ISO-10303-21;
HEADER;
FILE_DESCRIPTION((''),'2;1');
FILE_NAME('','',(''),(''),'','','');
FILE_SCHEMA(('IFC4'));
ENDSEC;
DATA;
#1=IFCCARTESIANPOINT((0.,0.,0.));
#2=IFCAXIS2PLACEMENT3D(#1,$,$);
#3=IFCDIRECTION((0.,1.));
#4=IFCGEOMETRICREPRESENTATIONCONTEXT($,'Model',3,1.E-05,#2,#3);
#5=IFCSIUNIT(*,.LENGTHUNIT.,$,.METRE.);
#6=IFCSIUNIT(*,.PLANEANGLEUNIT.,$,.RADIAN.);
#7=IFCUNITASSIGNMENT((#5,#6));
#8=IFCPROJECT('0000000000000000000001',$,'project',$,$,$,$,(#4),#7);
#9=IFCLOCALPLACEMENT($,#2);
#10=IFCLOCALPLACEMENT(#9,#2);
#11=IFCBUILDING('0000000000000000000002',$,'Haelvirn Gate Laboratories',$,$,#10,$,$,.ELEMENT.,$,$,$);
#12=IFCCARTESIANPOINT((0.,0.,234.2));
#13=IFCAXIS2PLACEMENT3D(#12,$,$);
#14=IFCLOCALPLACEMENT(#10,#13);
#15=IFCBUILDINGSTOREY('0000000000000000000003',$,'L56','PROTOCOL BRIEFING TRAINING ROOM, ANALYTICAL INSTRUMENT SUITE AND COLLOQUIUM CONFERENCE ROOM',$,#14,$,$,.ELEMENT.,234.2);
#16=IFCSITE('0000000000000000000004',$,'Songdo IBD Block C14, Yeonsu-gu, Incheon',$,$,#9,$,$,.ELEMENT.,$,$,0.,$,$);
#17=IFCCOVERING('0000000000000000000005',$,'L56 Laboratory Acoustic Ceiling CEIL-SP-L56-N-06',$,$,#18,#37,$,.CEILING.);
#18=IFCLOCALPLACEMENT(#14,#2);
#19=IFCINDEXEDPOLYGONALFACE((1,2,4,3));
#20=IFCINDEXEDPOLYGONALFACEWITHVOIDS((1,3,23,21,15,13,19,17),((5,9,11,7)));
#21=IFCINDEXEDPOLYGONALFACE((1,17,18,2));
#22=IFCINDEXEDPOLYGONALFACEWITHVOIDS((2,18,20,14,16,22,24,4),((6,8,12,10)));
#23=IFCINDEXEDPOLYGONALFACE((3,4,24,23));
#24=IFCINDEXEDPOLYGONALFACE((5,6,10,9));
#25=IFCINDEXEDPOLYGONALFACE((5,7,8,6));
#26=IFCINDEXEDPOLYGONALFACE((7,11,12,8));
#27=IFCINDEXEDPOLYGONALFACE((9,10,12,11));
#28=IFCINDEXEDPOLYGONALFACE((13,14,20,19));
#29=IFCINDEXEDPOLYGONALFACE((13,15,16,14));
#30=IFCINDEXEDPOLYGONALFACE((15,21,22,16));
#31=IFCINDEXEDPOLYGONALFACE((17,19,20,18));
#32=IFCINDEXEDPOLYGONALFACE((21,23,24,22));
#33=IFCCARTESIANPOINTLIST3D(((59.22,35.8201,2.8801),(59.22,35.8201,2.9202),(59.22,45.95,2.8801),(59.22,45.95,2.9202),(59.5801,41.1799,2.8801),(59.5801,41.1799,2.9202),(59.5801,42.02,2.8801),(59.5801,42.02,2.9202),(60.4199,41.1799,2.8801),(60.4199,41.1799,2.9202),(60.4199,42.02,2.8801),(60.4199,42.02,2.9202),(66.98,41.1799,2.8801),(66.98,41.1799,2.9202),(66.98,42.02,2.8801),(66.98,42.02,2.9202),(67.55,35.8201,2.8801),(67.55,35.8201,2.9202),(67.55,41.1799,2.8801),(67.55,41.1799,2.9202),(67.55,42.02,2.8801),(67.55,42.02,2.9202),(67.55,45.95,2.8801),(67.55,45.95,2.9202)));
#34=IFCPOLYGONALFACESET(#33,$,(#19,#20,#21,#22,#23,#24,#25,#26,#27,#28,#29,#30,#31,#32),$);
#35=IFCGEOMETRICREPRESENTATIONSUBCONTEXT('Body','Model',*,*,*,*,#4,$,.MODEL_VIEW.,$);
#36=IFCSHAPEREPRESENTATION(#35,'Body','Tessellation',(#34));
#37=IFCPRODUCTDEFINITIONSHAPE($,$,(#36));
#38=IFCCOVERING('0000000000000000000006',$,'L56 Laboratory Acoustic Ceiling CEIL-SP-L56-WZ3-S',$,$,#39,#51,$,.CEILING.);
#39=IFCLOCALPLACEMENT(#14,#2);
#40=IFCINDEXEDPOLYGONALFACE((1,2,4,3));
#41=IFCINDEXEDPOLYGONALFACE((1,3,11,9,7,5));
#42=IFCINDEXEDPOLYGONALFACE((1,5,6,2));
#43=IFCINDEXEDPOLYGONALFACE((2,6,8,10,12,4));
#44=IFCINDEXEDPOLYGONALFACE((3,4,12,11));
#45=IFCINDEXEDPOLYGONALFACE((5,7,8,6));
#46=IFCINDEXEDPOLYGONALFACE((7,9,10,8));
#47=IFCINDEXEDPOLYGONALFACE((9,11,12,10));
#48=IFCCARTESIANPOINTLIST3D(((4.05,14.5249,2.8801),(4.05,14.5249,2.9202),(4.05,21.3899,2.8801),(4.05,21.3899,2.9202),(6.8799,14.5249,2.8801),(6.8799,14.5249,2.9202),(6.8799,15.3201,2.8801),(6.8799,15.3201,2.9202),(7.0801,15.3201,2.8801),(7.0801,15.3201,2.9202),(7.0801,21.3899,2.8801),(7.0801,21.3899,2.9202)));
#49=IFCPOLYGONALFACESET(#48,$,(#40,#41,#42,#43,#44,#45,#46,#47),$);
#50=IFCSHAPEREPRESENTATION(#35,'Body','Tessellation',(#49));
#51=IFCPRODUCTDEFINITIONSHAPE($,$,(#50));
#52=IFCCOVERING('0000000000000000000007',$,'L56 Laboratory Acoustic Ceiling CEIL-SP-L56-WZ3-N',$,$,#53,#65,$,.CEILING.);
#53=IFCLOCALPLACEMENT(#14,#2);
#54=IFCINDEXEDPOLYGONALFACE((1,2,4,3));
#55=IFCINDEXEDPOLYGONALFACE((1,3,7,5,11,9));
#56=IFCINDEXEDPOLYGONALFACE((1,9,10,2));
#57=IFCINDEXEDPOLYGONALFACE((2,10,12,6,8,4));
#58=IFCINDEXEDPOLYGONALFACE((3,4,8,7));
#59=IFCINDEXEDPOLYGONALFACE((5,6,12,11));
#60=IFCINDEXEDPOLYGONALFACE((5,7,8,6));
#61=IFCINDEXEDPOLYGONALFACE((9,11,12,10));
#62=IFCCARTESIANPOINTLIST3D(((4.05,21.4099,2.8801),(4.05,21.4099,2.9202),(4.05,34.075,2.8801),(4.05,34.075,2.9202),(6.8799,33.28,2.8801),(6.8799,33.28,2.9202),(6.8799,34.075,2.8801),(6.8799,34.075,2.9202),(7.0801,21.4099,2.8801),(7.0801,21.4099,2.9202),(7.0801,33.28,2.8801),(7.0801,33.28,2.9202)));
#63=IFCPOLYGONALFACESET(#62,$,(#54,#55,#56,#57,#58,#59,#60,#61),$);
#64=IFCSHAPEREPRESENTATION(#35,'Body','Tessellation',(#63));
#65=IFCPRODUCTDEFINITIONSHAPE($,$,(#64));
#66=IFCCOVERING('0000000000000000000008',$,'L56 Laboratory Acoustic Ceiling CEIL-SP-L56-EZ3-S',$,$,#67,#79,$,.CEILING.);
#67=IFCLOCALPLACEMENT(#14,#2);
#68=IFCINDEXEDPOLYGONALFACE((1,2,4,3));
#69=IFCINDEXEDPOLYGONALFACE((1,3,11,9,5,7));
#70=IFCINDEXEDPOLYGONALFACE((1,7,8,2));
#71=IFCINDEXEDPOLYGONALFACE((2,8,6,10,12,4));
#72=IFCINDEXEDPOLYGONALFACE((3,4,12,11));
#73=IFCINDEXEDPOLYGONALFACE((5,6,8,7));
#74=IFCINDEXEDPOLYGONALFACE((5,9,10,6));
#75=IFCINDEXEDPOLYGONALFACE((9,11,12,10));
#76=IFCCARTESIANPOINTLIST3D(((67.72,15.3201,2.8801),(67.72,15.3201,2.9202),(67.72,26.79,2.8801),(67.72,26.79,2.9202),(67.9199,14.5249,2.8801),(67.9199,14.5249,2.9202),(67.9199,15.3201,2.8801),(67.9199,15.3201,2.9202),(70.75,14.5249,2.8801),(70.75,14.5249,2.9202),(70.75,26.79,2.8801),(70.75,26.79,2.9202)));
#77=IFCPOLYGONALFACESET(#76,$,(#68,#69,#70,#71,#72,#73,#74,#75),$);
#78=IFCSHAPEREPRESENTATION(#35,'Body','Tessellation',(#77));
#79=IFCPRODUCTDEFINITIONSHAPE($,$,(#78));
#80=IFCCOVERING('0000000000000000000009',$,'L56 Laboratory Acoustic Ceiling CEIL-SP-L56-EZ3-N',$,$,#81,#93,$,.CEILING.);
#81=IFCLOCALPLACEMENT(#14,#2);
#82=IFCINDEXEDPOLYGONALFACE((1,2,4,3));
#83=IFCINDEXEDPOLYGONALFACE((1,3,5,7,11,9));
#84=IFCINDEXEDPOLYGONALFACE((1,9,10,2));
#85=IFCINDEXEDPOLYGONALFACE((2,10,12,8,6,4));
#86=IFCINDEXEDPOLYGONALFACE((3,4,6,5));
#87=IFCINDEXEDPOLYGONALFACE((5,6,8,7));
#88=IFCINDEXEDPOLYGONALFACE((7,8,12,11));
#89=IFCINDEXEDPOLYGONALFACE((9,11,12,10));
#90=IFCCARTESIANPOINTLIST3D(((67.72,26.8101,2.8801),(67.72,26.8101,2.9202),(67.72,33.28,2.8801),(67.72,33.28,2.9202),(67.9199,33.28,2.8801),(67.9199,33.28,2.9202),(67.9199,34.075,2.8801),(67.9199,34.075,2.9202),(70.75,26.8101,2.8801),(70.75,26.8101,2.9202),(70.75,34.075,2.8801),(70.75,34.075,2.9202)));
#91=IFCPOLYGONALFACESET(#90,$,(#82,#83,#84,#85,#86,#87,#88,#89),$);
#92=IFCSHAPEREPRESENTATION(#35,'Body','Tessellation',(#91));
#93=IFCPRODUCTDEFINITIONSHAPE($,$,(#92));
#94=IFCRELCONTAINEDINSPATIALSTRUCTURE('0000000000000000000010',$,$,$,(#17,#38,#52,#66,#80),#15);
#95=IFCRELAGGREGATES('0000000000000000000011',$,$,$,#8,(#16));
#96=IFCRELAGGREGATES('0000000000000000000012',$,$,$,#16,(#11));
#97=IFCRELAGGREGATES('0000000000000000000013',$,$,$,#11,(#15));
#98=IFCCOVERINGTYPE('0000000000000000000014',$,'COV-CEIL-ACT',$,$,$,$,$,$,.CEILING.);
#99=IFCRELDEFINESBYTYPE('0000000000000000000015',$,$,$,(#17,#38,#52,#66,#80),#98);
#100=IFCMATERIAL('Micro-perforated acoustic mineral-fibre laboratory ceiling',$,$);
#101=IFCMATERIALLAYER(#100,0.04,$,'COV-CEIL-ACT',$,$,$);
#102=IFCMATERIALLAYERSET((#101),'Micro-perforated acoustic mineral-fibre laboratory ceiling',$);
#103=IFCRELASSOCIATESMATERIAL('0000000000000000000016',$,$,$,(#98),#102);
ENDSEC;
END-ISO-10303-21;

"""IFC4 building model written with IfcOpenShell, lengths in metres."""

from ifc_helpers import new_model, si_unit, direction, frame, origin, place, context, subcontext, project, spatial, polyline, outline, extrude, material, layer, layer_set, type_object, element, save


model = new_model("IFC4")

# Units and contexts
model_context = context("Model", 3, precision=1e-05, world=origin(), true_north=direction((0.0, 1.0)))
body_context = subcontext(model_context, "Body", "Model", "MODEL_VIEW")
ifc_project = project(units=[si_unit("LENGTHUNIT", "METRE"), si_unit("PLANEANGLEUNIT", "RADIAN")], contexts=[model_context])

# Site, building, storey
site_placement = place(None, origin())
site = spatial("IfcSite", under=ifc_project, at=site_placement, Name="Songdo IBD Block C14, Yeonsu-gu, Incheon", CompositionType="ELEMENT", RefElevation=0.0)
building_placement = place(site_placement, origin())
building = spatial("IfcBuilding", under=site, at=building_placement, Name="Haelvirn Gate Laboratories", CompositionType="ELEMENT")
storey_placement = place(building_placement, frame((0.0, 0.0, 234.2)))
storey = spatial("IfcBuildingStorey", under=building, at=storey_placement, Name="L56", Description="PROTOCOL BRIEFING TRAINING ROOM, ANALYTICAL INSTRUMENT SUITE AND COLLOQUIUM CONFERENCE ROOM", CompositionType="ELEMENT", Elevation=234.2)

# Coverings
ifc_material_1 = material(Name="Micro-perforated acoustic mineral-fibre laboratory ceiling")
ifc_layer_1 = layer(ifc_material_1, 0.04, Name="COV-CEIL-ACT")
ifc_layer_set_1 = layer_set([ifc_layer_1], Name="Micro-perforated acoustic mineral-fibre laboratory ceiling")
covering_type = type_object("IfcCoveringType", Name="COV-CEIL-ACT", PredefinedType="CEILING", material=ifc_layer_set_1)
covering_1_placement = place(storey_placement, frame((0.0, 0.0, 2.8801)))
element("IfcCovering", 1, at=covering_1_placement, inside=storey, type_object=covering_type, Name="L56 Laboratory Acoustic Ceiling CEIL-SP-L56-N-06", PredefinedType="CEILING", context=body_context, shape_type="SweptSolid", body=[
    extrude(outline(polyline([(67.55, 35.8201), (59.22, 35.8201), (59.22, 45.95), (67.55, 45.95), (67.55, 42.02), (66.98, 42.02), (66.98, 41.1799), (67.55, 41.1799), (67.55, 35.8201)]), holes=[polyline([(59.5801, 42.02), (59.5801, 41.1799), (60.4199, 41.1799), (60.4199, 42.02), (59.5801, 42.02)])]), origin(), (0.0, 0.0, 1.0), 0.04),
])
covering_2_placement = place(storey_placement, frame((0.0, 0.0, 2.8801)))
element("IfcCovering", 2, at=covering_2_placement, inside=storey, type_object=covering_type, Name="L56 Laboratory Acoustic Ceiling CEIL-SP-L56-WZ3-S", PredefinedType="CEILING", context=body_context, shape_type="SweptSolid", body=[
    extrude(outline(polyline([(7.0801, 21.3899), (7.0801, 15.3201), (6.8799, 15.3201), (6.8799, 14.5249), (4.05, 14.5249), (4.05, 21.3899), (7.0801, 21.3899)])), origin(), (0.0, 0.0, 1.0), 0.04),
])
covering_3_placement = place(storey_placement, frame((0.0, 0.0, 2.8801)))
element("IfcCovering", 3, at=covering_3_placement, inside=storey, type_object=covering_type, Name="L56 Laboratory Acoustic Ceiling CEIL-SP-L56-WZ3-N", PredefinedType="CEILING", context=body_context, shape_type="SweptSolid", body=[
    extrude(outline(polyline([(6.8799, 34.075), (6.8799, 33.28), (7.0801, 33.28), (7.0801, 21.4099), (4.05, 21.4099), (4.05, 34.075), (6.8799, 34.075)])), origin(), (0.0, 0.0, 1.0), 0.04),
])
covering_4_placement = place(storey_placement, frame((0.0, 0.0, 2.8801)))
element("IfcCovering", 4, at=covering_4_placement, inside=storey, type_object=covering_type, Name="L56 Laboratory Acoustic Ceiling CEIL-SP-L56-EZ3-S", PredefinedType="CEILING", context=body_context, shape_type="SweptSolid", body=[
    extrude(outline(polyline([(70.75, 26.79), (70.75, 14.5249), (67.9199, 14.5249), (67.9199, 15.3201), (67.72, 15.3201), (67.72, 26.79), (70.75, 26.79)])), origin(), (0.0, 0.0, 1.0), 0.04),
])
covering_5_placement = place(storey_placement, frame((0.0, 0.0, 2.8801)))
element("IfcCovering", 5, at=covering_5_placement, inside=storey, type_object=covering_type, Name="L56 Laboratory Acoustic Ceiling CEIL-SP-L56-EZ3-N", PredefinedType="CEILING", context=body_context, shape_type="SweptSolid", body=[
    extrude(outline(polyline([(70.75, 34.075), (70.75, 26.8101), (67.72, 26.8101), (67.72, 33.28), (67.9199, 33.28), (67.9199, 34.075), (70.75, 34.075)])), origin(), (0.0, 0.0, 1.0), 0.04),
])

save(model, "model.ifc")
